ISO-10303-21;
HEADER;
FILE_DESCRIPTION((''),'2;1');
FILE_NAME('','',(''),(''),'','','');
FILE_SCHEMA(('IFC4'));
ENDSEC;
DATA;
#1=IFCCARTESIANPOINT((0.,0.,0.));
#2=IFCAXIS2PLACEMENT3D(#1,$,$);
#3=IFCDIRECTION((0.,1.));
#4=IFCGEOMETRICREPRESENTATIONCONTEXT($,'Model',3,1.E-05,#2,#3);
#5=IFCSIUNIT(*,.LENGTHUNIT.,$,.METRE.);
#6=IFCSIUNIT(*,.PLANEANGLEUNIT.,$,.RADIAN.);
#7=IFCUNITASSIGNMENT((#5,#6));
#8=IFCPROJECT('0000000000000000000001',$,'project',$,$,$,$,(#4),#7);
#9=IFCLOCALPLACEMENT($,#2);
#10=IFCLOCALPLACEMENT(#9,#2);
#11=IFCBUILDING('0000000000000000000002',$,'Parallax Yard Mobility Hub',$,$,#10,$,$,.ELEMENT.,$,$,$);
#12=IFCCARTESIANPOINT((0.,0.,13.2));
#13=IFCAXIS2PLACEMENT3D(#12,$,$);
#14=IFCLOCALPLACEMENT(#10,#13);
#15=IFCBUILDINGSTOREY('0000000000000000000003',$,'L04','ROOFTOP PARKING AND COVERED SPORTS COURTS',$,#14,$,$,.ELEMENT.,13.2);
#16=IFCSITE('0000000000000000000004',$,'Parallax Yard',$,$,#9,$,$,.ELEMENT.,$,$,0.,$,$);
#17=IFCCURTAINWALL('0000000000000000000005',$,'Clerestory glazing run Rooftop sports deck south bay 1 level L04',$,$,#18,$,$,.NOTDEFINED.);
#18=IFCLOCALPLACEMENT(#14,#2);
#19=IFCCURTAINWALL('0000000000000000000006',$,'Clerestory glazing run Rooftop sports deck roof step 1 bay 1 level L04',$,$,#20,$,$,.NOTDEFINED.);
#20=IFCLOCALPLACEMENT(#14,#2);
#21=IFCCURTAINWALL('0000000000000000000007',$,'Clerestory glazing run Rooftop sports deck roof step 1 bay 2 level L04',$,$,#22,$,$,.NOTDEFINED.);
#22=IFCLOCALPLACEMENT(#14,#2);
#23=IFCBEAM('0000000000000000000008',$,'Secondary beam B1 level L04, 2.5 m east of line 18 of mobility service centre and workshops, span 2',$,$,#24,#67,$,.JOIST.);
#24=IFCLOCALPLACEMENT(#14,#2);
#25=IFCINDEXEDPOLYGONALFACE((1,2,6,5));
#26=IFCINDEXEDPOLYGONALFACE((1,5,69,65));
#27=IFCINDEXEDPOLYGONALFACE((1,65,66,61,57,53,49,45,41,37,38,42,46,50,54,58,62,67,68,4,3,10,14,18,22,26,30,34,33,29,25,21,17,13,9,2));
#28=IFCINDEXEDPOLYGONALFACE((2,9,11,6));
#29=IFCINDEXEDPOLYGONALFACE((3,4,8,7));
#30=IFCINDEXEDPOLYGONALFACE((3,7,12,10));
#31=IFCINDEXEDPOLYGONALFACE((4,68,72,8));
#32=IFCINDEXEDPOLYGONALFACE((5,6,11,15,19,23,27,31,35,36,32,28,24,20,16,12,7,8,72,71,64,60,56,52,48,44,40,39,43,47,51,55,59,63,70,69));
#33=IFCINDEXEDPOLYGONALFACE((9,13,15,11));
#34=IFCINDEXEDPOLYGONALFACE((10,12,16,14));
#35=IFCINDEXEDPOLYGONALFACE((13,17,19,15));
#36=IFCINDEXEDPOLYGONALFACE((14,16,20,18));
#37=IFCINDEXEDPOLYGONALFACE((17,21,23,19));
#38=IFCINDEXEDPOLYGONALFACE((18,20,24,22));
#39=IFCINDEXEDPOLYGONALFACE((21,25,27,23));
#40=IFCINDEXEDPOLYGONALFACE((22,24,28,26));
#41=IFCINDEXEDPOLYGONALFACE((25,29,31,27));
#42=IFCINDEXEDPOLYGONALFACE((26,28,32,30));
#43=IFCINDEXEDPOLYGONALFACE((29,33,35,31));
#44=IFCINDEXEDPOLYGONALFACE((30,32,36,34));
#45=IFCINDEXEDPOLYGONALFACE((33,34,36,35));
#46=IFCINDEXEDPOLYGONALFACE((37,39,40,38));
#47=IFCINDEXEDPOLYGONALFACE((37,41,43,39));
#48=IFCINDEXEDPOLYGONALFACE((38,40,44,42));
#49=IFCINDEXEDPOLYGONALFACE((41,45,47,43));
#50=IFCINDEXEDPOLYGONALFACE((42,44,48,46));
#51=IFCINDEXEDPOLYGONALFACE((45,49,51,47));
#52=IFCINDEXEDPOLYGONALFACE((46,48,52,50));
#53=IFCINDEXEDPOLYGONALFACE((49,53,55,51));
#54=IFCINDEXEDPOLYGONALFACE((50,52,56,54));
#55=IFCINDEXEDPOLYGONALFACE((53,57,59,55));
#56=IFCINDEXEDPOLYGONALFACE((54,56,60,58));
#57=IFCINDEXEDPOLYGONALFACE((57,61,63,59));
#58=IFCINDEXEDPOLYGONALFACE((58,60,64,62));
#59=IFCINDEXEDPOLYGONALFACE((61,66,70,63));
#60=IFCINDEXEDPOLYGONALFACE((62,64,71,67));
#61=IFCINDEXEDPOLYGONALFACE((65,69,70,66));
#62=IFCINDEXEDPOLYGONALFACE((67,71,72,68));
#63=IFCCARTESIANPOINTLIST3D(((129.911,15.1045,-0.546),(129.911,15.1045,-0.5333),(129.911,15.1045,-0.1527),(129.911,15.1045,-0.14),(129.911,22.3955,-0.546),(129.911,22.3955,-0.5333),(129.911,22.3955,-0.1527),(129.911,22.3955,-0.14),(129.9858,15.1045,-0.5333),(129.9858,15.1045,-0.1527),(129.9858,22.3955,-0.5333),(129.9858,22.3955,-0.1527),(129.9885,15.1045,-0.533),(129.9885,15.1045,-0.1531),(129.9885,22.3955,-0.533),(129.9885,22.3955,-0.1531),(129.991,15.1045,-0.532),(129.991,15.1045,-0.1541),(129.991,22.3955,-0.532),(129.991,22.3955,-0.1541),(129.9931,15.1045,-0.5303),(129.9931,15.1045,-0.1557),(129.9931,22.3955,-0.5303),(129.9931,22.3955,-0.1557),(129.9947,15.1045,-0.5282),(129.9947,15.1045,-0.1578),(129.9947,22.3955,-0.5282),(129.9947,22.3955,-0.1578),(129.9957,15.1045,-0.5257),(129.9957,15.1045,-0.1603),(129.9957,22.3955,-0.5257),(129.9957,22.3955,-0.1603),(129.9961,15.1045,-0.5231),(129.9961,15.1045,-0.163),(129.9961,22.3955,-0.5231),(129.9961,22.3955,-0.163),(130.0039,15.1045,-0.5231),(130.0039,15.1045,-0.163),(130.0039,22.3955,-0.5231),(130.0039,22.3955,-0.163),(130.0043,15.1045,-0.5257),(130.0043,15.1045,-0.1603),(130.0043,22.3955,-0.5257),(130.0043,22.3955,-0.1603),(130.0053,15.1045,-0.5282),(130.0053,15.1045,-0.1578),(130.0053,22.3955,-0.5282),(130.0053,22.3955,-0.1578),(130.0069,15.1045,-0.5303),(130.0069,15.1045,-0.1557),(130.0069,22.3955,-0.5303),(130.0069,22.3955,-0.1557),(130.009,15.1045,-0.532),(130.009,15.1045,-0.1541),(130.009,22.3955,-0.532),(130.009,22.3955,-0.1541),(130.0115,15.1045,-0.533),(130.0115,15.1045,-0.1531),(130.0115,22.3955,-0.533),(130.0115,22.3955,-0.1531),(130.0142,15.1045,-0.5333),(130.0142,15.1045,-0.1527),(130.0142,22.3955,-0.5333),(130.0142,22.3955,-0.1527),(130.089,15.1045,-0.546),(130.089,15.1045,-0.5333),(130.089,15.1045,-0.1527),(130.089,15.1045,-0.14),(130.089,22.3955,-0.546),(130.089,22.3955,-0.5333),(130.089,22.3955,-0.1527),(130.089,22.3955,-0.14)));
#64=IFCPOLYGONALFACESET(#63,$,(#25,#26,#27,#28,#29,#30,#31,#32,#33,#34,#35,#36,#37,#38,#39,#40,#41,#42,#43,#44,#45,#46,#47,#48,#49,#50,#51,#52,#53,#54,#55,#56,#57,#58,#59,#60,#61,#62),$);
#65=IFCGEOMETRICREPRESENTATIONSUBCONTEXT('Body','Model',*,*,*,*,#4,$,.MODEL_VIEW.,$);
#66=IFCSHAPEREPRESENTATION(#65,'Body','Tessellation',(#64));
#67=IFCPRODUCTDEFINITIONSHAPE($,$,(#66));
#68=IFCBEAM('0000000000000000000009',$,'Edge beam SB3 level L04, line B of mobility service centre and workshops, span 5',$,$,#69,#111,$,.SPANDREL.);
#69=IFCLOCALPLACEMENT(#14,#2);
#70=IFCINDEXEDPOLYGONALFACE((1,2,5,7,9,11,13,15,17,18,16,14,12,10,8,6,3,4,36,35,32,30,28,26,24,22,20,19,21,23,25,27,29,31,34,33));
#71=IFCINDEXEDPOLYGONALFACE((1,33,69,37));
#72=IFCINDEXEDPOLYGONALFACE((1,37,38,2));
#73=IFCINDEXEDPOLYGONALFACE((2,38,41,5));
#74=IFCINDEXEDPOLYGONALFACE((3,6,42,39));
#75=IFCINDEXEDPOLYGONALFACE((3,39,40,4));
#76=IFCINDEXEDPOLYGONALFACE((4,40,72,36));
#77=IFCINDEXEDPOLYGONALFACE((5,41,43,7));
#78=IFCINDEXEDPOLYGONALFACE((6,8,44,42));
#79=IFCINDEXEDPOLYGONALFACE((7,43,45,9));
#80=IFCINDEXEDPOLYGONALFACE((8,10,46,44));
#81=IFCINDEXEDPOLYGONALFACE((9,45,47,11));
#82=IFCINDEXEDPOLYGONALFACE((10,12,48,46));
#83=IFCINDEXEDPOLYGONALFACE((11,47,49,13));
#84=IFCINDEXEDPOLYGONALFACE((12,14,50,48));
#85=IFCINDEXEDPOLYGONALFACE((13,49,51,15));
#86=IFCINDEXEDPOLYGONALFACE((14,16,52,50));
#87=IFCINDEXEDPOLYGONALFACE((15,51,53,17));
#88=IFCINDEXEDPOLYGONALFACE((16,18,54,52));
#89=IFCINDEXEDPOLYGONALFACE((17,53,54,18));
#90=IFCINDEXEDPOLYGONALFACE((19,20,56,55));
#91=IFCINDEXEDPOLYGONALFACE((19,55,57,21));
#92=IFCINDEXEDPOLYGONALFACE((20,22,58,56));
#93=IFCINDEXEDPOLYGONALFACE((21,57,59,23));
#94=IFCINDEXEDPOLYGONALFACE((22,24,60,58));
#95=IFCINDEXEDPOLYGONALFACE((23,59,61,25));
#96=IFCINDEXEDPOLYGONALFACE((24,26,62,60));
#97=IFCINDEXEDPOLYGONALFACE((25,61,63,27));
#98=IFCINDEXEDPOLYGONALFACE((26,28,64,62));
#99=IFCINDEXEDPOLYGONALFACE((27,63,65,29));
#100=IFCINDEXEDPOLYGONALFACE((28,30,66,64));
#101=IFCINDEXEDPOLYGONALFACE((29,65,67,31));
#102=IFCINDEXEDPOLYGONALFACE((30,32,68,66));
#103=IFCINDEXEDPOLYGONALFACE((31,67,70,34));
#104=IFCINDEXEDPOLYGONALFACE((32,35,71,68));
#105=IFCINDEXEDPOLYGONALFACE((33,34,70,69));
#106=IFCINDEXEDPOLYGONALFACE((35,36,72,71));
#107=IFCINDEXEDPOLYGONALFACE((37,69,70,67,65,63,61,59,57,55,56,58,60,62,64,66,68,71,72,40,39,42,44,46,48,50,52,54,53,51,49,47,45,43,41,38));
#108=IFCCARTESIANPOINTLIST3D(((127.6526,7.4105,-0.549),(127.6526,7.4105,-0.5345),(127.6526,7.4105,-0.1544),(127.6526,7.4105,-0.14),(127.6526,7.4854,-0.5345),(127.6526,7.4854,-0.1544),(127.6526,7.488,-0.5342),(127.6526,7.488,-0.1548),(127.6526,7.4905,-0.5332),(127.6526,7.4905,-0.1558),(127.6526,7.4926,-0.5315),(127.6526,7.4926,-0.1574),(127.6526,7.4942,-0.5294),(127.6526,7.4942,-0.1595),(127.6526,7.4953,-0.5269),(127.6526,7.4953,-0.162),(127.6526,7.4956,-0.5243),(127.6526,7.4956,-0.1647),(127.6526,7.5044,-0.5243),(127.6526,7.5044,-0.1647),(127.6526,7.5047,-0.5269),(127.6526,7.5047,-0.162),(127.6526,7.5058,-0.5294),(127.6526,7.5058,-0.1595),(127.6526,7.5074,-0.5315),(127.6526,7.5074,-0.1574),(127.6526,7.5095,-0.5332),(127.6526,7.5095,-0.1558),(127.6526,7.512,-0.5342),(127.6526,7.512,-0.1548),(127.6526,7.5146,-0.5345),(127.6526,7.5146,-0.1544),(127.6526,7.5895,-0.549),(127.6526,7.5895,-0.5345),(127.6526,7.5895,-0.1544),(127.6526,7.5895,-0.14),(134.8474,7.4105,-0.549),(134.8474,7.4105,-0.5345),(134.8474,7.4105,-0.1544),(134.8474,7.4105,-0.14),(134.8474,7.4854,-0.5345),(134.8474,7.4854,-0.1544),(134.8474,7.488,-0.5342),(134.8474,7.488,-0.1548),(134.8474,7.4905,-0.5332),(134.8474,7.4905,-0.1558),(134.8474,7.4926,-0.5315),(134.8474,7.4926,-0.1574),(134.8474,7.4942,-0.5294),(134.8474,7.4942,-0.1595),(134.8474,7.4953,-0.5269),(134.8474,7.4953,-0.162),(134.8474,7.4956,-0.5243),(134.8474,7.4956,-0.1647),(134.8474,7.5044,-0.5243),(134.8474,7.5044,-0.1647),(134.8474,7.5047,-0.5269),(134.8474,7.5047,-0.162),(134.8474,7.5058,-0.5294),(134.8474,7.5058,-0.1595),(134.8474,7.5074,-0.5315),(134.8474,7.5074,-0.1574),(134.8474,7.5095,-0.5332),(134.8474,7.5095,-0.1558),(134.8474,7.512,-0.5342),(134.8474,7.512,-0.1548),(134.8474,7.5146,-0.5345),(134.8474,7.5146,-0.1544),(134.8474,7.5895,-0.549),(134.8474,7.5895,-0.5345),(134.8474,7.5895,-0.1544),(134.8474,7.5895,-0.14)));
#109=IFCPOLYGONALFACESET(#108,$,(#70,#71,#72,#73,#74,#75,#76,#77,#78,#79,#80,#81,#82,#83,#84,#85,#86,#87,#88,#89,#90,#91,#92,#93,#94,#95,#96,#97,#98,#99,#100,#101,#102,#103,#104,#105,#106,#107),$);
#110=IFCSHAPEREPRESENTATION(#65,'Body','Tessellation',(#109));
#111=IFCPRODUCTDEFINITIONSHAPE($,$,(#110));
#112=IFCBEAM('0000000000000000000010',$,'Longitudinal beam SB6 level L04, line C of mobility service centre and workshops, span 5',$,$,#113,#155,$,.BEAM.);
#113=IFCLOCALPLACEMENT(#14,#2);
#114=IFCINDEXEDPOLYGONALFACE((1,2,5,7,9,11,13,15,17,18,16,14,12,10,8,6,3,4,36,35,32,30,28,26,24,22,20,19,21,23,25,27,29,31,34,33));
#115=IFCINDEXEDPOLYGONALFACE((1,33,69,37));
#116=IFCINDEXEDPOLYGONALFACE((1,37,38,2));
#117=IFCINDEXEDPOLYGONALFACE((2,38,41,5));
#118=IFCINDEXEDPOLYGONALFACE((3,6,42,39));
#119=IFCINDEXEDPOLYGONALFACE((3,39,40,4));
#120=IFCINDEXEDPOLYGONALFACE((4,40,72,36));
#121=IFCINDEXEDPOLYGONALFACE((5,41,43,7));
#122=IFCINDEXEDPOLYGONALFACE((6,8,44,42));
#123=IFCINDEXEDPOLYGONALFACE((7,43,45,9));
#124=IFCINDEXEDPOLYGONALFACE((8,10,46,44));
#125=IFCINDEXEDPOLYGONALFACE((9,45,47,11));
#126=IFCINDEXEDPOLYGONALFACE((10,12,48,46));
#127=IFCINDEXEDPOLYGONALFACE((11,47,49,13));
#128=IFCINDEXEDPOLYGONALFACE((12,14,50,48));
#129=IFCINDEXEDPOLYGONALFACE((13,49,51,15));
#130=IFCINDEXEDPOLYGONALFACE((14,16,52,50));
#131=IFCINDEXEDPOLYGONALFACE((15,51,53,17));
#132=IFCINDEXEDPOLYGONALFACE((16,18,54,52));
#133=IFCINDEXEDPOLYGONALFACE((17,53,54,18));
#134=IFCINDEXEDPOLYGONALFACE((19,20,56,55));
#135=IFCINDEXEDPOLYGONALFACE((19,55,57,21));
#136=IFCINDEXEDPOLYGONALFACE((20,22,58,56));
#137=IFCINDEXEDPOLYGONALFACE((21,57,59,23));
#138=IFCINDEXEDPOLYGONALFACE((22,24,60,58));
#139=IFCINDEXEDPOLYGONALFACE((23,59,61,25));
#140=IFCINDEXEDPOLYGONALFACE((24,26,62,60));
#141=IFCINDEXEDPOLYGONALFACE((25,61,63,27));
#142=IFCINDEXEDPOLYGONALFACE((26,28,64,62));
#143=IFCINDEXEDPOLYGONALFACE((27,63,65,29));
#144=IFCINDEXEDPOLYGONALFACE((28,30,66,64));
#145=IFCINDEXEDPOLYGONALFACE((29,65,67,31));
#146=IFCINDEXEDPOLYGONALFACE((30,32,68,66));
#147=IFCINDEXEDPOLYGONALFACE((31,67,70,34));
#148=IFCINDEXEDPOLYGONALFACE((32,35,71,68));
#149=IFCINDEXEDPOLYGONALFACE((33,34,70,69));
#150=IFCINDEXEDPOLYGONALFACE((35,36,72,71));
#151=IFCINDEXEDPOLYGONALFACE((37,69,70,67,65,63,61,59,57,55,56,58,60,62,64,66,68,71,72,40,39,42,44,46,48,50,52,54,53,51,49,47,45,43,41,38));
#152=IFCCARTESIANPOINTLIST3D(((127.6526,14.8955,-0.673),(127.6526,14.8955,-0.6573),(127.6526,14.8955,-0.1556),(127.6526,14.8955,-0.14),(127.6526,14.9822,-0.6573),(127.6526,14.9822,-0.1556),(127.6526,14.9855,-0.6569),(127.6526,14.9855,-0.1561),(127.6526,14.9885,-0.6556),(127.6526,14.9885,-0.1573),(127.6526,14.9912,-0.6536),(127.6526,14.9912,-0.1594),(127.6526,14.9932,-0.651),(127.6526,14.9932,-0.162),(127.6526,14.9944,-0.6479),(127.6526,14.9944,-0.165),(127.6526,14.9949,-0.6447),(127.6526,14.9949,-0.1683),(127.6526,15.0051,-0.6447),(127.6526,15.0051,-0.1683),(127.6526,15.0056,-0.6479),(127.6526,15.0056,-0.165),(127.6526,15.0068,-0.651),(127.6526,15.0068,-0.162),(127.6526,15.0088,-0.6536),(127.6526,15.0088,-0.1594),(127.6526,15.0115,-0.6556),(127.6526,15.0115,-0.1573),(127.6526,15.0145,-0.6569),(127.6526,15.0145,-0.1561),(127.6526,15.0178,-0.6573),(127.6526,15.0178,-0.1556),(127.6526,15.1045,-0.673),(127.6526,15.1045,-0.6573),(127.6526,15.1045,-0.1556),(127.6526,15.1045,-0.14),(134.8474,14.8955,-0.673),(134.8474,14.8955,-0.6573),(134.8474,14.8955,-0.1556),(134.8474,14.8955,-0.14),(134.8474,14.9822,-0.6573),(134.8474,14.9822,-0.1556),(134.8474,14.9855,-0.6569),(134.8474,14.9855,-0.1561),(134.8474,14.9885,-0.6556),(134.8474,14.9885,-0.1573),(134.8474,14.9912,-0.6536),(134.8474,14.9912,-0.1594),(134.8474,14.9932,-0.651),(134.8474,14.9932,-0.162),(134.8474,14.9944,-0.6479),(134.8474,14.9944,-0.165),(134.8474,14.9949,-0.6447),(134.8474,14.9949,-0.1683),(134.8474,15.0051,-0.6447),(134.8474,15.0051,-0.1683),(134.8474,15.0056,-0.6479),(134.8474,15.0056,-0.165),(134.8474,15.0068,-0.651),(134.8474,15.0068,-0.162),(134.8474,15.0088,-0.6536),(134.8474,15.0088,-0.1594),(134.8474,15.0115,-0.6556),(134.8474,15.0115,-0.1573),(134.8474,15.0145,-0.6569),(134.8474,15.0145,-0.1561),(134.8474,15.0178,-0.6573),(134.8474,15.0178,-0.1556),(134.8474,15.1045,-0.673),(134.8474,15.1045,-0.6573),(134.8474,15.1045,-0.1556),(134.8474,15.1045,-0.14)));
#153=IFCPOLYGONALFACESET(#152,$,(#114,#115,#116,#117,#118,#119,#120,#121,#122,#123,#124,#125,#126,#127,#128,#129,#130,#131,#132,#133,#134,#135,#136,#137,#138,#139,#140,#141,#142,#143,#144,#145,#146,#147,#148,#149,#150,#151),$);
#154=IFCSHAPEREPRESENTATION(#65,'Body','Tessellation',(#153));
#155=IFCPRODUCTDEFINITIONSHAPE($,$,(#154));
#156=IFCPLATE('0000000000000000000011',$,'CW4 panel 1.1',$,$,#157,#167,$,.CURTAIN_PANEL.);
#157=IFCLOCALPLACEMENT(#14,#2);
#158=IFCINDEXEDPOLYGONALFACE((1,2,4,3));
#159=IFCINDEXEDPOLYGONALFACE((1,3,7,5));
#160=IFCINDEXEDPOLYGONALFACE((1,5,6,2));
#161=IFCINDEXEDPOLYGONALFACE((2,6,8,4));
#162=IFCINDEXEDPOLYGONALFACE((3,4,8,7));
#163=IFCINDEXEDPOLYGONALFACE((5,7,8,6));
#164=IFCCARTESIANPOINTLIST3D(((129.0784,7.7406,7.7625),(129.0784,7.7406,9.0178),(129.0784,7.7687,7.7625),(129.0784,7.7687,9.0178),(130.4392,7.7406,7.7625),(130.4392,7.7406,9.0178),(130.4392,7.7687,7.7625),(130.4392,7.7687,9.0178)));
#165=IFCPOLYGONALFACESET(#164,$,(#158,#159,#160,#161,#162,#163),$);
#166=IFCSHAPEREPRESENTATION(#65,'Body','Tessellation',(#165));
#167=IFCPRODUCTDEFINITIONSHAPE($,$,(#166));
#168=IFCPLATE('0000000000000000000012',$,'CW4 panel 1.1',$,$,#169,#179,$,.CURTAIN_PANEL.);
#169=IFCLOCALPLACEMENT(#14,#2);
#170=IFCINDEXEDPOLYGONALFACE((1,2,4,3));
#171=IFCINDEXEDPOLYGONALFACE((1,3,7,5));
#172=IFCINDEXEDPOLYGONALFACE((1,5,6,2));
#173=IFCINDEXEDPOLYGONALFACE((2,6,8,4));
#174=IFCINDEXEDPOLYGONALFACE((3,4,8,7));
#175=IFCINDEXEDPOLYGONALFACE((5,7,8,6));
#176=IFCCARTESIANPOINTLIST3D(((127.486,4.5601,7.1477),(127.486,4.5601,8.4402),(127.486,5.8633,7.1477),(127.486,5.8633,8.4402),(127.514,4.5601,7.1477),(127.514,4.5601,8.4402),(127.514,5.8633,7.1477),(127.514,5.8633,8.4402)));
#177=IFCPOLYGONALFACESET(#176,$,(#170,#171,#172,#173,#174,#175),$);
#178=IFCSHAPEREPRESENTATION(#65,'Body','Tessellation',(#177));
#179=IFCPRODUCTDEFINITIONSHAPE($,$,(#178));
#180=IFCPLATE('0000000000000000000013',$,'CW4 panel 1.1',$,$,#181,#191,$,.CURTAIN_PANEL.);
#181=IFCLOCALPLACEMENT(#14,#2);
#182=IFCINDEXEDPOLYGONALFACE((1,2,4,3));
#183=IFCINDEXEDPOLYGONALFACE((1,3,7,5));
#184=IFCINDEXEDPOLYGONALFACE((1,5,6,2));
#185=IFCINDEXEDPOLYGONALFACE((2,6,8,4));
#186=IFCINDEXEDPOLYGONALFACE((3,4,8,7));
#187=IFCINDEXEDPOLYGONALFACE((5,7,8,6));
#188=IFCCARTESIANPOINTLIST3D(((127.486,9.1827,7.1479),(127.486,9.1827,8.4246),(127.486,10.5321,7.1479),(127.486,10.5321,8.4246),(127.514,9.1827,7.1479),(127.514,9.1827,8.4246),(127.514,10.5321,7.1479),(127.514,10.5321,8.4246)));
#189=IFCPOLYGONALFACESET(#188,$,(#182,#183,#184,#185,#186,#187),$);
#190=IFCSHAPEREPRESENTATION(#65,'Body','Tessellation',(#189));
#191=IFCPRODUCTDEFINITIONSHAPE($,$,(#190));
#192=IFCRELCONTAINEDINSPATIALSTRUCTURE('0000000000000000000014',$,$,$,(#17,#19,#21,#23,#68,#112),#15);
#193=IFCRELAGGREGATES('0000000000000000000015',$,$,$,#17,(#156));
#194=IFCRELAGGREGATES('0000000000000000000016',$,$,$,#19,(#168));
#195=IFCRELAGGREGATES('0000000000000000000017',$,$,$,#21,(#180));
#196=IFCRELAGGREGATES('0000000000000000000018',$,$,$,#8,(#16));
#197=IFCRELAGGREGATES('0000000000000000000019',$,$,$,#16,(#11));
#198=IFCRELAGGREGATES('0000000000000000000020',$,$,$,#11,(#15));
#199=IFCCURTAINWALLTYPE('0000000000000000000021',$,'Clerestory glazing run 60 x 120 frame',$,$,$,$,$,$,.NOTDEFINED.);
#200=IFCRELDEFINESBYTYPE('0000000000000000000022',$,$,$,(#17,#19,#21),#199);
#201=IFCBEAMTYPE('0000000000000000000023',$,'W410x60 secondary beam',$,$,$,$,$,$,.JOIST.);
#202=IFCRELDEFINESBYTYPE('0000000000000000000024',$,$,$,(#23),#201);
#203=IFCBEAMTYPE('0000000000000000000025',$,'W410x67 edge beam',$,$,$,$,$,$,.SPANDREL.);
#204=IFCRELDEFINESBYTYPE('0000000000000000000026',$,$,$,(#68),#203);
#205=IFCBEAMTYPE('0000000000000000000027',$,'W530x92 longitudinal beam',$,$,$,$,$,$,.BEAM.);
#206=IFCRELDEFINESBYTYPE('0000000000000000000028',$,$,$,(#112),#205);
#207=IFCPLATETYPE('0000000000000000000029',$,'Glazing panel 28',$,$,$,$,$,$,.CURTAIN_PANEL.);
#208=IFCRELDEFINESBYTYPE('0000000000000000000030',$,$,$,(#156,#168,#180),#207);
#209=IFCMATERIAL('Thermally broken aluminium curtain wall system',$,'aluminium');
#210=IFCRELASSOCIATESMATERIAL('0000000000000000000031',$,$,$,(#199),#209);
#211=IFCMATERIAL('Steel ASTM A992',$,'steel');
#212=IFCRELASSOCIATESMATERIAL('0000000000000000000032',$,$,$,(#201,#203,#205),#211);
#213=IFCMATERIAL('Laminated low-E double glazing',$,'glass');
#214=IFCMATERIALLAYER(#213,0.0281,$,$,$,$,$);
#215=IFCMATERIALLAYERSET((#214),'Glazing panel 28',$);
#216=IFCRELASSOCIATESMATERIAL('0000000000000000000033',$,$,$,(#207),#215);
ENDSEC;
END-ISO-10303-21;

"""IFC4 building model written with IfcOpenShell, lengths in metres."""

from ifc_helpers import new_model, si_unit, direction, frame, origin, origin_2d, place, context, subcontext, project, spatial, rectangle, i_section, extrude, material, layer, layer_set, material_profile, profile_set, type_object, element, aggregate, save


model = new_model("IFC4")

# Units and contexts
model_context = context("Model", 3, precision=1e-05, world=origin(), true_north=direction((0.0, 1.0)))
body_context = subcontext(model_context, "Body", "Model", "MODEL_VIEW")
ifc_project = project(units=[si_unit("LENGTHUNIT", "METRE"), si_unit("PLANEANGLEUNIT", "RADIAN")], contexts=[model_context])

# Site, building, storey
site_placement = place(None, origin())
site = spatial("IfcSite", under=ifc_project, at=site_placement, Name="Parallax Yard", CompositionType="ELEMENT", RefElevation=0.0)
building_placement = place(site_placement, origin())
building = spatial("IfcBuilding", under=site, at=building_placement, Name="Parallax Yard Mobility Hub", CompositionType="ELEMENT")
storey_placement = place(building_placement, frame((0.0, 0.0, 13.2)))
storey = spatial("IfcBuildingStorey", under=building, at=storey_placement, Name="L04", Description="ROOFTOP PARKING AND COVERED SPORTS COURTS", CompositionType="ELEMENT", Elevation=13.2)

# Curtain walls
ifc_material_1 = material(Name="Thermally broken aluminium curtain wall system", Category="aluminium")
curtain_wall_type = type_object("IfcCurtainWallType", Name="Clerestory glazing run 60 x 120 frame", PredefinedType="NOTDEFINED", material=ifc_material_1)
curtain_wall_1_placement = place(storey_placement, origin())
curtain_wall_1 = element("IfcCurtainWall", 1, at=curtain_wall_1_placement, inside=storey, type_object=curtain_wall_type, Name="Clerestory glazing run Rooftop sports deck south bay 1 level L04", PredefinedType="NOTDEFINED")
curtain_wall_2_placement = place(storey_placement, origin())
curtain_wall_2 = element("IfcCurtainWall", 2, at=curtain_wall_2_placement, inside=storey, type_object=curtain_wall_type, Name="Clerestory glazing run Rooftop sports deck roof step 1 bay 1 level L04", PredefinedType="NOTDEFINED")
curtain_wall_3_placement = place(storey_placement, origin())
curtain_wall_3 = element("IfcCurtainWall", 3, at=curtain_wall_3_placement, inside=storey, type_object=curtain_wall_type, Name="Clerestory glazing run Rooftop sports deck roof step 1 bay 2 level L04", PredefinedType="NOTDEFINED")

# Shared definitions
ifc_material_2 = material(Name="Steel ASTM A992", Category="steel")

# Beams
ifc_material_profile_1 = material_profile(ifc_material_2, i_section(OverallWidth=0.178, OverallDepth=0.406, WebThickness=0.0078, FlangeThickness=0.0127, FilletRadius=0.0103, at=origin_2d()), Name="W410x60")
ifc_profile_set_1 = profile_set([ifc_material_profile_1], Name="Steel ASTM A992")
beam_type_1 = type_object("IfcBeamType", Name="W410x60 secondary beam", PredefinedType="JOIST", material=ifc_profile_set_1)
beam_1_placement = place(storey_placement, frame((130.0, 15.1045, -0.343), z_axis=(0.0, 1.0, 0.0), x_axis=(-1.0, 0.0, 0.0)))
element("IfcBeam", 4, at=beam_1_placement, inside=storey, type_object=beam_type_1, Name="Secondary beam B1 level L04, 2.5 m east of line 18 of mobility service centre and workshops, span 2", PredefinedType="JOIST", context=body_context, shape_type="SweptSolid", body=[
    extrude(i_section(OverallWidth=0.178, OverallDepth=0.406, WebThickness=0.0078, FlangeThickness=0.0127, FilletRadius=0.0103, at=origin_2d()), origin(), (0.0, 0.0, 1.0), 7.291),
])
ifc_material_profile_2 = material_profile(ifc_material_2, i_section(OverallWidth=0.179, OverallDepth=0.4089, WebThickness=0.0088, FlangeThickness=0.0144, FilletRadius=0.0103, at=origin_2d()), Name="W410x67")
ifc_profile_set_2 = profile_set([ifc_material_profile_2], Name="Steel ASTM A992")
beam_type_2 = type_object("IfcBeamType", Name="W410x67 edge beam", PredefinedType="SPANDREL", material=ifc_profile_set_2)
beam_2_placement = place(storey_placement, frame((127.6526, 7.5, -0.3445), z_axis=(1.0, 0.0, 0.0), x_axis=(0.0, 1.0, 0.0)))
element("IfcBeam", 5, at=beam_2_placement, inside=storey, type_object=beam_type_2, Name="Edge beam SB3 level L04, line B of mobility service centre and workshops, span 5", PredefinedType="SPANDREL", context=body_context, shape_type="SweptSolid", body=[
    extrude(i_section(OverallWidth=0.179, OverallDepth=0.4089, WebThickness=0.0088, FlangeThickness=0.0144, FilletRadius=0.0103, at=origin_2d()), origin(), (0.0, 0.0, 1.0), 7.1948),
])
ifc_material_profile_3 = material_profile(ifc_material_2, i_section(OverallWidth=0.209, OverallDepth=0.533, WebThickness=0.0103, FlangeThickness=0.0156, FilletRadius=0.0127, at=origin_2d()), Name="W530x92")
ifc_profile_set_3 = profile_set([ifc_material_profile_3], Name="Steel ASTM A992")
beam_type_3 = type_object("IfcBeamType", Name="W530x92 longitudinal beam", PredefinedType="BEAM", material=ifc_profile_set_3)
beam_3_placement = place(storey_placement, frame((127.6526, 15.0, -0.4065), z_axis=(1.0, 0.0, 0.0), x_axis=(0.0, 1.0, 0.0)))
element("IfcBeam", 6, at=beam_3_placement, inside=storey, type_object=beam_type_3, Name="Longitudinal beam SB6 level L04, line C of mobility service centre and workshops, span 5", PredefinedType="BEAM", context=body_context, shape_type="SweptSolid", body=[
    extrude(i_section(OverallWidth=0.209, OverallDepth=0.533, WebThickness=0.0103, FlangeThickness=0.0156, FilletRadius=0.0127, at=origin_2d()), origin(), (0.0, 0.0, 1.0), 7.1948),
])

# Plates
ifc_material_3 = material(Name="Laminated low-E double glazing", Category="glass")
ifc_layer_1 = layer(ifc_material_3, 0.0281)
ifc_layer_set_1 = layer_set([ifc_layer_1], Name="Glazing panel 28")
plate_type = type_object("IfcPlateType", Name="Glazing panel 28", PredefinedType="CURTAIN_PANEL", material=ifc_layer_set_1)
plate_1_placement = place(storey_placement, frame((129.7588, 7.7546, 7.7625), z_axis=(0.0, 0.0, 1.0), x_axis=(1.0, 0.0, 0.0)))
plate_1 = element("IfcPlate", 7, at=plate_1_placement, type_object=plate_type, Name="CW4 panel 1.1", PredefinedType="CURTAIN_PANEL", context=body_context, shape_type="SweptSolid", body=[
    extrude(rectangle(XDim=1.3608, YDim=0.0281, at=origin_2d()), origin(), (0.0, 0.0, 1.0), 1.2554),
])
aggregate(curtain_wall_1, [plate_1])
plate_2_placement = place(storey_placement, frame((127.5, 5.2117, 7.1477), z_axis=(0.0, 0.0, 1.0), x_axis=(0.0, 1.0, 0.0)))
plate_2 = element("IfcPlate", 8, at=plate_2_placement, type_object=plate_type, Name="CW4 panel 1.1", PredefinedType="CURTAIN_PANEL", context=body_context, shape_type="SweptSolid", body=[
    extrude(rectangle(XDim=1.3032, YDim=0.0281, at=origin_2d()), origin(), (0.0, 0.0, 1.0), 1.2925),
])
aggregate(curtain_wall_2, [plate_2])
plate_3_placement = place(storey_placement, frame((127.5, 9.8574, 7.1479), z_axis=(0.0, 0.0, 1.0), x_axis=(0.0, 1.0, 0.0)))
plate_3 = element("IfcPlate", 9, at=plate_3_placement, type_object=plate_type, Name="CW4 panel 1.1", PredefinedType="CURTAIN_PANEL", context=body_context, shape_type="SweptSolid", body=[
    extrude(rectangle(XDim=1.3494, YDim=0.0281, at=origin_2d()), origin(), (0.0, 0.0, 1.0), 1.2766),
])
aggregate(curtain_wall_3, [plate_3])

save(model, "model.ifc")
